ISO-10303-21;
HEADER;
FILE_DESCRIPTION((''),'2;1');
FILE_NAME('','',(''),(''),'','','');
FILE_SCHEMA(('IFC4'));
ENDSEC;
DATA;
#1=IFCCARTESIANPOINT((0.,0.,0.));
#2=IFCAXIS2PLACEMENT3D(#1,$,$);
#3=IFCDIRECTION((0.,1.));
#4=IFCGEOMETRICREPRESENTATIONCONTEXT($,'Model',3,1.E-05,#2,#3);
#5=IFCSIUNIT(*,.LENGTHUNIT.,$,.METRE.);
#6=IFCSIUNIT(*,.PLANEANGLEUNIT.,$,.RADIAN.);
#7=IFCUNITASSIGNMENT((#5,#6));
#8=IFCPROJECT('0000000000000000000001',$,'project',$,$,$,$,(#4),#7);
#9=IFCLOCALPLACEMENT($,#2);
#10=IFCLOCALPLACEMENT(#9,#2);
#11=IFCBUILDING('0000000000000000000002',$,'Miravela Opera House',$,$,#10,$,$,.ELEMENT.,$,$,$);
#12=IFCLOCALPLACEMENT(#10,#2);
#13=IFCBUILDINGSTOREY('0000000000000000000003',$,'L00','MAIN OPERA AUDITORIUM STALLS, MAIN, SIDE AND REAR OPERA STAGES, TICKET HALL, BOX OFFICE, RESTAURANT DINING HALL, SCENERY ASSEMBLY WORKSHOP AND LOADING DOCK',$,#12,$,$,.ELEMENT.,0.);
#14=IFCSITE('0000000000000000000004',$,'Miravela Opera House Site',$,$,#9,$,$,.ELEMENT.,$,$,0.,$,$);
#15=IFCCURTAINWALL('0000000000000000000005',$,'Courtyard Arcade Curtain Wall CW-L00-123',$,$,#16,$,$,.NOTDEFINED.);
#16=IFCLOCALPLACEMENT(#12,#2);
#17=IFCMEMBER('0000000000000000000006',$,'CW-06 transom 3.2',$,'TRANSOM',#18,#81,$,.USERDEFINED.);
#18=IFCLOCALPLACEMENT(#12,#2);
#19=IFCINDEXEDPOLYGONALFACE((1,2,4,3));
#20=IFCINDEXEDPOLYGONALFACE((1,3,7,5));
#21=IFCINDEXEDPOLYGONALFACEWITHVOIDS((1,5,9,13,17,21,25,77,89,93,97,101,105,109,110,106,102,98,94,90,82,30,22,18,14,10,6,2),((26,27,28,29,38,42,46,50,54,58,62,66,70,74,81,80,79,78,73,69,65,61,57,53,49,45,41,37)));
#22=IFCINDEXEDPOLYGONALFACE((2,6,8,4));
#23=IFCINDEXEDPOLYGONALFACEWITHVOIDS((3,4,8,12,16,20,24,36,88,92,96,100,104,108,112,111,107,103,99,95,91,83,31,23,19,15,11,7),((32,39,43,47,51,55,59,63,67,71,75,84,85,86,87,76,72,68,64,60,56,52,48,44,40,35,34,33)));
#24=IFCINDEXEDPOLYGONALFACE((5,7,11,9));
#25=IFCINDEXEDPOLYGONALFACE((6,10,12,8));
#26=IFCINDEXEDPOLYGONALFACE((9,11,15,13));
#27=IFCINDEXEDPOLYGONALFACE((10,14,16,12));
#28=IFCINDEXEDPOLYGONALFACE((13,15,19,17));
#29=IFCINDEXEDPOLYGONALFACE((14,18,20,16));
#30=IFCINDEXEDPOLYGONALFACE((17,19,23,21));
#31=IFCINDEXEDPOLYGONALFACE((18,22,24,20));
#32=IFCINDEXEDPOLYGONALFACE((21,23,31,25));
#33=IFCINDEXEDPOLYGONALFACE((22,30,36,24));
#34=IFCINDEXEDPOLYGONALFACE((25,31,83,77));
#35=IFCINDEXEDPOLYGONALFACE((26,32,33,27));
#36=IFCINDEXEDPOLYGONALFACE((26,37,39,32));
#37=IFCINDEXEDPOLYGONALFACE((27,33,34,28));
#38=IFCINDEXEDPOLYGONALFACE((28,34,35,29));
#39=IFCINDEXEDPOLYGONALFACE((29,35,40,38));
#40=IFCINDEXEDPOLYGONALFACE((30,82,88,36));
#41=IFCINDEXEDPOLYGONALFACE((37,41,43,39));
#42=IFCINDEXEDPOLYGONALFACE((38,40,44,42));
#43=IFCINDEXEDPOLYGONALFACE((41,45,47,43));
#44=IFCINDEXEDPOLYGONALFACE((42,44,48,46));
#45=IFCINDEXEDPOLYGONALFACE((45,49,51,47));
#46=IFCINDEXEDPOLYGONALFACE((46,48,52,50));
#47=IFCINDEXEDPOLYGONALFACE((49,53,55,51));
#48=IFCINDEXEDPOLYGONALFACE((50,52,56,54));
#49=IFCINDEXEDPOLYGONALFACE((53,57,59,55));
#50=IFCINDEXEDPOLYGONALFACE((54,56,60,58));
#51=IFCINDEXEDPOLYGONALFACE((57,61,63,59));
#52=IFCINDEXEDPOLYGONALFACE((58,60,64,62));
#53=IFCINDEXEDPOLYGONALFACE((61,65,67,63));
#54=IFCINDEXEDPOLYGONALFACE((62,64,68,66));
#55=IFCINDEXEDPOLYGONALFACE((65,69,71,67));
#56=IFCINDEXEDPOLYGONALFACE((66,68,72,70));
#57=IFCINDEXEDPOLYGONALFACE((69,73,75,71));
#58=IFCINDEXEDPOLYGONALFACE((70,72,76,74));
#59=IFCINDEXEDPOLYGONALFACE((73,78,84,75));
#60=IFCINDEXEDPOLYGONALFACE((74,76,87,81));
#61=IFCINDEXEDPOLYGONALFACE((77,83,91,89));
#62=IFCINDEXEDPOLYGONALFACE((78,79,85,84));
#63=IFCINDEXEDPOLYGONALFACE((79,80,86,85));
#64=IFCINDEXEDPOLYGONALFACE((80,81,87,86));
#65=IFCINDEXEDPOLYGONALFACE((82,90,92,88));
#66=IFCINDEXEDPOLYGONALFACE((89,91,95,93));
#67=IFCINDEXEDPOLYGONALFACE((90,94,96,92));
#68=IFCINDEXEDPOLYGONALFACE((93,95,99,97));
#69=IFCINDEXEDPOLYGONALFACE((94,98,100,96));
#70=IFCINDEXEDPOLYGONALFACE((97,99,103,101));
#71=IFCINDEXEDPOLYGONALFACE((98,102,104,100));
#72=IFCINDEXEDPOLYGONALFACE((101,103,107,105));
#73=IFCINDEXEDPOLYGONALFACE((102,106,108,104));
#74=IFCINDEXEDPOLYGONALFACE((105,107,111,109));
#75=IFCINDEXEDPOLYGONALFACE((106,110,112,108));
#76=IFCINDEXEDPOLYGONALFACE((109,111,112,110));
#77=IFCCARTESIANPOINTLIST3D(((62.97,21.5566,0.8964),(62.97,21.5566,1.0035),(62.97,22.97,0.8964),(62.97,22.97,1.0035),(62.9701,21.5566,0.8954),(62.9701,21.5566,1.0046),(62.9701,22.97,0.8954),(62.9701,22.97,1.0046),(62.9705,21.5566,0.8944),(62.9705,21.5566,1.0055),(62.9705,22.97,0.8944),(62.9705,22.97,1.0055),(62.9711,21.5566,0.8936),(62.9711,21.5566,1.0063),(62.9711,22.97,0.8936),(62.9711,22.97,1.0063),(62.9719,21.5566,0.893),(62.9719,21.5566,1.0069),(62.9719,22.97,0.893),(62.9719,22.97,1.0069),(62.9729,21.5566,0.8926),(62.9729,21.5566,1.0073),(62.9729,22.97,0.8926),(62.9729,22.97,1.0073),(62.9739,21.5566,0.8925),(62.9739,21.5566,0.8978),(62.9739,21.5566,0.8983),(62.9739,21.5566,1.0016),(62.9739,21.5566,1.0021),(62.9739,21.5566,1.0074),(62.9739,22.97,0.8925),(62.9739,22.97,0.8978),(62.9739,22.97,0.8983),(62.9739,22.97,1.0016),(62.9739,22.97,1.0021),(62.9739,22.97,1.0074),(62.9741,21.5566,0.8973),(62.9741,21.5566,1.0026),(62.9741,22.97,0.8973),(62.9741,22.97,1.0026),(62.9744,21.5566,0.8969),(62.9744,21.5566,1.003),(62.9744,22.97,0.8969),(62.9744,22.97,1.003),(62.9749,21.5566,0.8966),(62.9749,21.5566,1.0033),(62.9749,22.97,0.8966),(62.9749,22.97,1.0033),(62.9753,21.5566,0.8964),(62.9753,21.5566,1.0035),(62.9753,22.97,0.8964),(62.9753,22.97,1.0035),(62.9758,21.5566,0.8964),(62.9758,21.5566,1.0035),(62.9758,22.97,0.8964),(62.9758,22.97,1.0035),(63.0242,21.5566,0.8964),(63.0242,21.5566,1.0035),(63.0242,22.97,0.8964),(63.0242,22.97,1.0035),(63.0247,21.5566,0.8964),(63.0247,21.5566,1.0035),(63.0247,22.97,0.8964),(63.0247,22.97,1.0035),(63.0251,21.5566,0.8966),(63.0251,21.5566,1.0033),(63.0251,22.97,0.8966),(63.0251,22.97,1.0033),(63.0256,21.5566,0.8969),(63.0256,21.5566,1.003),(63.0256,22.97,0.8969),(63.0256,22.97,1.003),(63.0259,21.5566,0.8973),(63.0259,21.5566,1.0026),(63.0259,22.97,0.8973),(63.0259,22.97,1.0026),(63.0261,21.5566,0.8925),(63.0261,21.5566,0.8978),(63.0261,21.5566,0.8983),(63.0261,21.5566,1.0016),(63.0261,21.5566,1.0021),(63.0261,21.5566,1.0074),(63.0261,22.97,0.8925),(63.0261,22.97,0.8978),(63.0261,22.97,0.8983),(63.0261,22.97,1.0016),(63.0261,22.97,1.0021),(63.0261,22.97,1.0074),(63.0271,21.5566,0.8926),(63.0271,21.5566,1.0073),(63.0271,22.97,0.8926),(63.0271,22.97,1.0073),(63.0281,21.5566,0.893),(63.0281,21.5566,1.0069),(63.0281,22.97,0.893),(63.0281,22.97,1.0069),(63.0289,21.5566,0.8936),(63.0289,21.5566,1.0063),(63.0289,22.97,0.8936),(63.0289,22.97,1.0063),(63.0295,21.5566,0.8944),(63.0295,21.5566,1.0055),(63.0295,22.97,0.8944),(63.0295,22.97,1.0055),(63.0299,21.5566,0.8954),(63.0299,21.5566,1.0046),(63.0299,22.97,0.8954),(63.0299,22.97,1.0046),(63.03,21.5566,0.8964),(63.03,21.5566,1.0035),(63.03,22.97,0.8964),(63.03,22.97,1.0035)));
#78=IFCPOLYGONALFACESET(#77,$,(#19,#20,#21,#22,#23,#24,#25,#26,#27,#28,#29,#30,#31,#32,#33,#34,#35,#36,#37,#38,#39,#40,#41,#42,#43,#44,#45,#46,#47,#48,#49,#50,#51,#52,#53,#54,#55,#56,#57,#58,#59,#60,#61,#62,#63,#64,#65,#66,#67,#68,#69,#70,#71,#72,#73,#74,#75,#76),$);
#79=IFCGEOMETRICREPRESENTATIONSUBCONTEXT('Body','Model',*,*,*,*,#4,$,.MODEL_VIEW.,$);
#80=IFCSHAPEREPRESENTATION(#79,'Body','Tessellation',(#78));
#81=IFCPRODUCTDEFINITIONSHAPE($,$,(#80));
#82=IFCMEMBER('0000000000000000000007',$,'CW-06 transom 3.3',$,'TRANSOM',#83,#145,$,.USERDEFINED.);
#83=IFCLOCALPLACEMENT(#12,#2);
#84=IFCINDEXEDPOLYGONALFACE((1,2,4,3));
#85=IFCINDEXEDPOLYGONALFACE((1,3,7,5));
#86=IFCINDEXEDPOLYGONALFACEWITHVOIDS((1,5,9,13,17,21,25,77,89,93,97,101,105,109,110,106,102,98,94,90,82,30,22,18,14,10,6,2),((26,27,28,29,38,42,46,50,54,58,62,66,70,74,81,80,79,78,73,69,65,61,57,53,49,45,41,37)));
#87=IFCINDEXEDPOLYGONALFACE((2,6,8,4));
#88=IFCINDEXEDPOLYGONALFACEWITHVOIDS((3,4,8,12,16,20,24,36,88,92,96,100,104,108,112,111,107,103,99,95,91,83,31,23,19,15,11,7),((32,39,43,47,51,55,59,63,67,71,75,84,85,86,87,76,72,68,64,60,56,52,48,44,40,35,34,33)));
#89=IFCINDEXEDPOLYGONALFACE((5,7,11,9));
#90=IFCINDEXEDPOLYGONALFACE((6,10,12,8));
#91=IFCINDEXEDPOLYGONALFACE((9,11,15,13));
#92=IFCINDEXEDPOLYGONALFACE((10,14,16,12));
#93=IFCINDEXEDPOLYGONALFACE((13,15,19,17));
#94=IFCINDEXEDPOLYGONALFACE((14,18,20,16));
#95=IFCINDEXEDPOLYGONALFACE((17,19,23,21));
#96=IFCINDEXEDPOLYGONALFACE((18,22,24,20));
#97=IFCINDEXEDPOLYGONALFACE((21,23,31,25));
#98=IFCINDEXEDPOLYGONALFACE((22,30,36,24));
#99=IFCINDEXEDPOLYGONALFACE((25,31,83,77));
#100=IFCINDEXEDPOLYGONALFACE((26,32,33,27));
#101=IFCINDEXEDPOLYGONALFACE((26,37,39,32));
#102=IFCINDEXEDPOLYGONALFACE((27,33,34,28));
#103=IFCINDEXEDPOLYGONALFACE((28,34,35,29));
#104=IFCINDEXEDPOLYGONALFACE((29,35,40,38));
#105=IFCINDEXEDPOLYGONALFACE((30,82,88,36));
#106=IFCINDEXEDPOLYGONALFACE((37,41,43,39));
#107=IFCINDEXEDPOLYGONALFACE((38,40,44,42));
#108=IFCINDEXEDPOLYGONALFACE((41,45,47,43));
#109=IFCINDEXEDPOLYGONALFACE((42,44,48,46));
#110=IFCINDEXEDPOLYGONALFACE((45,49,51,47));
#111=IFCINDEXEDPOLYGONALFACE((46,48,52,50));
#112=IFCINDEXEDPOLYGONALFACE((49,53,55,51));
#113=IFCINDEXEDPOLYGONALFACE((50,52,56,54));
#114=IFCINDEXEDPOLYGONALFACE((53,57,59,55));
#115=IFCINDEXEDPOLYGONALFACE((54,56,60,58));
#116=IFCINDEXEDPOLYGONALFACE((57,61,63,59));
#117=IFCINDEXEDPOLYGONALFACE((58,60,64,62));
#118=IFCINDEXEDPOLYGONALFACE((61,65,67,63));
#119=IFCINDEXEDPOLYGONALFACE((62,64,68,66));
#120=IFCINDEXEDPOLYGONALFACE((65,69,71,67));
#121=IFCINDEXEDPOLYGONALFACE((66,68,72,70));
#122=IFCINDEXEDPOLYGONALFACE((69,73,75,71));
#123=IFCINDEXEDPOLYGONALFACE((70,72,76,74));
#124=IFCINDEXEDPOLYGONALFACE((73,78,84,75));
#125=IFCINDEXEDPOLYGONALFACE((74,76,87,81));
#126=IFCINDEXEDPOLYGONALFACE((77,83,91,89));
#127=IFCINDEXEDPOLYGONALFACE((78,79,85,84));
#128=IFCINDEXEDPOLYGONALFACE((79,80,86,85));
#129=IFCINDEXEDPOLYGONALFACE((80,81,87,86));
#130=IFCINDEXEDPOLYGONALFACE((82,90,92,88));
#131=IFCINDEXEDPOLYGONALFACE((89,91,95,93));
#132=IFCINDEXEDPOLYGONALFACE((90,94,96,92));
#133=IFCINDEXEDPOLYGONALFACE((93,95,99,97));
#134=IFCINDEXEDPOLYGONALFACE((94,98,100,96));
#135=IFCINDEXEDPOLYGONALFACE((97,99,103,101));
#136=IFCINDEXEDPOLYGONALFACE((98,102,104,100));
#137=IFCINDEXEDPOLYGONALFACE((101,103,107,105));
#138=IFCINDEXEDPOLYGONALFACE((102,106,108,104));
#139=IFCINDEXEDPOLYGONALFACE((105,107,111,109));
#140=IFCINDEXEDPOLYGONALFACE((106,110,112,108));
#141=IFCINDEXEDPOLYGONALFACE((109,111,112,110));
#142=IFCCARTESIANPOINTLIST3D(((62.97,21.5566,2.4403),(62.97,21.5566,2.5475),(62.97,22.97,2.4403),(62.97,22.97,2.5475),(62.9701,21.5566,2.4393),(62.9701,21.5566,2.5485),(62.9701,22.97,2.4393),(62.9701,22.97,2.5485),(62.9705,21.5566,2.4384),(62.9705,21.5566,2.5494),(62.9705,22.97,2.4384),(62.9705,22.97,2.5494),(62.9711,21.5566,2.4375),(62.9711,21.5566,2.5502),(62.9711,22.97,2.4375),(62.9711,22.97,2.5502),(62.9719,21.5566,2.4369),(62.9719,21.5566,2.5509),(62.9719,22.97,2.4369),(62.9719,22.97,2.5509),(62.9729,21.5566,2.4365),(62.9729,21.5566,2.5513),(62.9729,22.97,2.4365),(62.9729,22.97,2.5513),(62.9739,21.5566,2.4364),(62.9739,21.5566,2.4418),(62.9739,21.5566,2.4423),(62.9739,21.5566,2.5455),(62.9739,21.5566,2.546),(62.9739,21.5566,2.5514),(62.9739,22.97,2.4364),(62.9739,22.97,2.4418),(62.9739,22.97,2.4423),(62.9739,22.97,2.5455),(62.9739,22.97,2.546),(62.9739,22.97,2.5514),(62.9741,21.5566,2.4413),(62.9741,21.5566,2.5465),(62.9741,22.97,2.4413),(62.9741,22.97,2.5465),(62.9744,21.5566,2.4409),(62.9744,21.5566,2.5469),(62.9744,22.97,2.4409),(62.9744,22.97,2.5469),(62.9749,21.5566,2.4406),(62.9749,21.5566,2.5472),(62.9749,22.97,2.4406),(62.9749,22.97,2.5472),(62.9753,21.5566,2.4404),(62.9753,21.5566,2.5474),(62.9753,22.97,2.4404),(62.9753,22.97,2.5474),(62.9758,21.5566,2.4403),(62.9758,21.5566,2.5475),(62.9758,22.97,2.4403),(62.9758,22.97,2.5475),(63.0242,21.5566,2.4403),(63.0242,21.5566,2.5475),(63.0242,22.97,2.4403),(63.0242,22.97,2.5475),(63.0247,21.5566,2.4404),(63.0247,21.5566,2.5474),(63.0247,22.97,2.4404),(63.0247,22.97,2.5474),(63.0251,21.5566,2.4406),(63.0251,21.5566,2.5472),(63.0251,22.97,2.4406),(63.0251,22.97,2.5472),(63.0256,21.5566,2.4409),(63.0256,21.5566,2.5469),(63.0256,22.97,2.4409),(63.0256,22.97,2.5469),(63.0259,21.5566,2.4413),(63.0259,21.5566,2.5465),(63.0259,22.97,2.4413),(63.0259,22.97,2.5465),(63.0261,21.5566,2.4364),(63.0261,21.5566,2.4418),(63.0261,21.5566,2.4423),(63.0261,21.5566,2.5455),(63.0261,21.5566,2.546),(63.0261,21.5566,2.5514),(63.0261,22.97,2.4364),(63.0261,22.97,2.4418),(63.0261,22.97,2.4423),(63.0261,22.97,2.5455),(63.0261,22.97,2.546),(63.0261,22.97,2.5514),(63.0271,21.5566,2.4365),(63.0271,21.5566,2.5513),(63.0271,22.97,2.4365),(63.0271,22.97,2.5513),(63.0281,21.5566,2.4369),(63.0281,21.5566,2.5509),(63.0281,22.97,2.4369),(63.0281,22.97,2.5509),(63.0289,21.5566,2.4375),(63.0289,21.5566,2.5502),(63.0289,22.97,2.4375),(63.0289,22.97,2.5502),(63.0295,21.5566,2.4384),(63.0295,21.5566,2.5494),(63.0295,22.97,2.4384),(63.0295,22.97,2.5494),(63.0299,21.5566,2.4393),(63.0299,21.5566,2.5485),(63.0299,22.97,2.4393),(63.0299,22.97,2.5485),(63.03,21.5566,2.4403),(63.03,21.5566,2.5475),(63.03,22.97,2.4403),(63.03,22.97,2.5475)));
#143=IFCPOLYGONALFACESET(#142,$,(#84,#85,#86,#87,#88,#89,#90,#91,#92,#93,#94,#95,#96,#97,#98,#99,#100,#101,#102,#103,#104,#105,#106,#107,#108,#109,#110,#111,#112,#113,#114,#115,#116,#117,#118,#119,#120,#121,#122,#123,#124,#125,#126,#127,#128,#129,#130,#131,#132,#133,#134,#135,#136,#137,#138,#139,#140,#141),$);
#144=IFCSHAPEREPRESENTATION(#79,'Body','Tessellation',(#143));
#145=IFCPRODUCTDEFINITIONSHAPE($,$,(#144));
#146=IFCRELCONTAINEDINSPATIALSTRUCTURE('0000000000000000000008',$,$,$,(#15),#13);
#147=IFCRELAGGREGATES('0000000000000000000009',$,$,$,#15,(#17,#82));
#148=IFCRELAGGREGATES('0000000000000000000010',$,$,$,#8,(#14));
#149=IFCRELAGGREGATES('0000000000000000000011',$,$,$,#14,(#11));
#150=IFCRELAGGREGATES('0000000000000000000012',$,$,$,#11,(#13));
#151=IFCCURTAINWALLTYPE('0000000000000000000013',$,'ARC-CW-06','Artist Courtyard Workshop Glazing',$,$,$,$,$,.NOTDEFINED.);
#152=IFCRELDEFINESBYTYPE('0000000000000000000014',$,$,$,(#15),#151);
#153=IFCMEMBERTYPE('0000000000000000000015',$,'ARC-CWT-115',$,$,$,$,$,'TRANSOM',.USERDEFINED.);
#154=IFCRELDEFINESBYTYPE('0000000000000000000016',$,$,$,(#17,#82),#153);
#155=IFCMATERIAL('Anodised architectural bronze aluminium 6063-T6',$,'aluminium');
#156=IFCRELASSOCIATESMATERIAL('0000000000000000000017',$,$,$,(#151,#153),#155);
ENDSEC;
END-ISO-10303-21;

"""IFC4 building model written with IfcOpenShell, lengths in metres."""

from ifc_helpers import new_model, si_unit, direction, frame, origin, origin_2d, place, context, subcontext, project, spatial, hollow_rectangle, extrude, material, material_profile, profile_set, type_object, element, aggregate, save


model = new_model("IFC4")

# Units and contexts
model_context = context("Model", 3, precision=1e-05, world=origin(), true_north=direction((0.0, 1.0)))
body_context = subcontext(model_context, "Body", "Model", "MODEL_VIEW")
ifc_project = project(units=[si_unit("LENGTHUNIT", "METRE"), si_unit("PLANEANGLEUNIT", "RADIAN")], contexts=[model_context])

# Site, building, storey
site_placement = place(None, origin())
site = spatial("IfcSite", under=ifc_project, at=site_placement, Name="Miravela Opera House Site", CompositionType="ELEMENT", RefElevation=0.0)
building_placement = place(site_placement, origin())
building = spatial("IfcBuilding", under=site, at=building_placement, Name="Miravela Opera House", CompositionType="ELEMENT")
storey_placement = place(building_placement, origin())
storey = spatial("IfcBuildingStorey", under=building, at=storey_placement, Name="L00", Description="MAIN OPERA AUDITORIUM STALLS, MAIN, SIDE AND REAR OPERA STAGES, TICKET HALL, BOX OFFICE, RESTAURANT DINING HALL, SCENERY ASSEMBLY WORKSHOP AND LOADING DOCK", CompositionType="ELEMENT", Elevation=0.0)

# Curtain wall
ifc_material_1 = material(Name="Anodised architectural bronze aluminium 6063-T6", Category="aluminium")
curtain_wall_type = type_object("IfcCurtainWallType", Name="ARC-CW-06", Description="Artist Courtyard Workshop Glazing", PredefinedType="NOTDEFINED", material=ifc_material_1)
curtain_wall_1_placement = place(storey_placement, origin())
curtain_wall_1 = element("IfcCurtainWall", 1, at=curtain_wall_1_placement, inside=storey, type_object=curtain_wall_type, Name="Courtyard Arcade Curtain Wall CW-L00-123", PredefinedType="NOTDEFINED")
ifc_material_profile_1 = material_profile(ifc_material_1, hollow_rectangle(XDim=0.0601, YDim=0.115, WallThickness=0.0039, InnerFilletRadius=0.002, OuterFilletRadius=0.0039, at=origin_2d()), Name="CWT-60X115")
ifc_profile_set_1 = profile_set([ifc_material_profile_1])
member_type_1 = type_object("IfcMemberType", Name="ARC-CWT-115", ElementType="TRANSOM", PredefinedType="USERDEFINED", material=ifc_profile_set_1)

# Members
member_1_placement = place(storey_placement, frame((63.0, 21.5566, 0.95), z_axis=(0.0, 1.0, 0.0), x_axis=(-1.0, 0.0, 0.0)))
member_1 = element("IfcMember", 2, at=member_1_placement, type_object=member_type_1, Name="CW-06 transom 3.2", ObjectType="TRANSOM", PredefinedType="USERDEFINED", context=body_context, shape_type="SweptSolid", body=[
    extrude(hollow_rectangle(XDim=0.0601, YDim=0.115, WallThickness=0.0039, InnerFilletRadius=0.002, OuterFilletRadius=0.0039, at=origin_2d()), origin(), (0.0, 0.0, 1.0), 1.4133),
])
member_2_placement = place(storey_placement, frame((63.0, 21.5566, 2.4939), z_axis=(0.0, 1.0, 0.0), x_axis=(-1.0, 0.0, 0.0)))
member_2 = element("IfcMember", 3, at=member_2_placement, type_object=member_type_1, Name="CW-06 transom 3.3", ObjectType="TRANSOM", PredefinedType="USERDEFINED", context=body_context, shape_type="SweptSolid", body=[
    extrude(hollow_rectangle(XDim=0.0601, YDim=0.115, WallThickness=0.0039, InnerFilletRadius=0.002, OuterFilletRadius=0.0039, at=origin_2d()), origin(), (0.0, 0.0, 1.0), 1.4133),
])

aggregate(curtain_wall_1, [member_1, member_2])

save(model, "model.ifc")
